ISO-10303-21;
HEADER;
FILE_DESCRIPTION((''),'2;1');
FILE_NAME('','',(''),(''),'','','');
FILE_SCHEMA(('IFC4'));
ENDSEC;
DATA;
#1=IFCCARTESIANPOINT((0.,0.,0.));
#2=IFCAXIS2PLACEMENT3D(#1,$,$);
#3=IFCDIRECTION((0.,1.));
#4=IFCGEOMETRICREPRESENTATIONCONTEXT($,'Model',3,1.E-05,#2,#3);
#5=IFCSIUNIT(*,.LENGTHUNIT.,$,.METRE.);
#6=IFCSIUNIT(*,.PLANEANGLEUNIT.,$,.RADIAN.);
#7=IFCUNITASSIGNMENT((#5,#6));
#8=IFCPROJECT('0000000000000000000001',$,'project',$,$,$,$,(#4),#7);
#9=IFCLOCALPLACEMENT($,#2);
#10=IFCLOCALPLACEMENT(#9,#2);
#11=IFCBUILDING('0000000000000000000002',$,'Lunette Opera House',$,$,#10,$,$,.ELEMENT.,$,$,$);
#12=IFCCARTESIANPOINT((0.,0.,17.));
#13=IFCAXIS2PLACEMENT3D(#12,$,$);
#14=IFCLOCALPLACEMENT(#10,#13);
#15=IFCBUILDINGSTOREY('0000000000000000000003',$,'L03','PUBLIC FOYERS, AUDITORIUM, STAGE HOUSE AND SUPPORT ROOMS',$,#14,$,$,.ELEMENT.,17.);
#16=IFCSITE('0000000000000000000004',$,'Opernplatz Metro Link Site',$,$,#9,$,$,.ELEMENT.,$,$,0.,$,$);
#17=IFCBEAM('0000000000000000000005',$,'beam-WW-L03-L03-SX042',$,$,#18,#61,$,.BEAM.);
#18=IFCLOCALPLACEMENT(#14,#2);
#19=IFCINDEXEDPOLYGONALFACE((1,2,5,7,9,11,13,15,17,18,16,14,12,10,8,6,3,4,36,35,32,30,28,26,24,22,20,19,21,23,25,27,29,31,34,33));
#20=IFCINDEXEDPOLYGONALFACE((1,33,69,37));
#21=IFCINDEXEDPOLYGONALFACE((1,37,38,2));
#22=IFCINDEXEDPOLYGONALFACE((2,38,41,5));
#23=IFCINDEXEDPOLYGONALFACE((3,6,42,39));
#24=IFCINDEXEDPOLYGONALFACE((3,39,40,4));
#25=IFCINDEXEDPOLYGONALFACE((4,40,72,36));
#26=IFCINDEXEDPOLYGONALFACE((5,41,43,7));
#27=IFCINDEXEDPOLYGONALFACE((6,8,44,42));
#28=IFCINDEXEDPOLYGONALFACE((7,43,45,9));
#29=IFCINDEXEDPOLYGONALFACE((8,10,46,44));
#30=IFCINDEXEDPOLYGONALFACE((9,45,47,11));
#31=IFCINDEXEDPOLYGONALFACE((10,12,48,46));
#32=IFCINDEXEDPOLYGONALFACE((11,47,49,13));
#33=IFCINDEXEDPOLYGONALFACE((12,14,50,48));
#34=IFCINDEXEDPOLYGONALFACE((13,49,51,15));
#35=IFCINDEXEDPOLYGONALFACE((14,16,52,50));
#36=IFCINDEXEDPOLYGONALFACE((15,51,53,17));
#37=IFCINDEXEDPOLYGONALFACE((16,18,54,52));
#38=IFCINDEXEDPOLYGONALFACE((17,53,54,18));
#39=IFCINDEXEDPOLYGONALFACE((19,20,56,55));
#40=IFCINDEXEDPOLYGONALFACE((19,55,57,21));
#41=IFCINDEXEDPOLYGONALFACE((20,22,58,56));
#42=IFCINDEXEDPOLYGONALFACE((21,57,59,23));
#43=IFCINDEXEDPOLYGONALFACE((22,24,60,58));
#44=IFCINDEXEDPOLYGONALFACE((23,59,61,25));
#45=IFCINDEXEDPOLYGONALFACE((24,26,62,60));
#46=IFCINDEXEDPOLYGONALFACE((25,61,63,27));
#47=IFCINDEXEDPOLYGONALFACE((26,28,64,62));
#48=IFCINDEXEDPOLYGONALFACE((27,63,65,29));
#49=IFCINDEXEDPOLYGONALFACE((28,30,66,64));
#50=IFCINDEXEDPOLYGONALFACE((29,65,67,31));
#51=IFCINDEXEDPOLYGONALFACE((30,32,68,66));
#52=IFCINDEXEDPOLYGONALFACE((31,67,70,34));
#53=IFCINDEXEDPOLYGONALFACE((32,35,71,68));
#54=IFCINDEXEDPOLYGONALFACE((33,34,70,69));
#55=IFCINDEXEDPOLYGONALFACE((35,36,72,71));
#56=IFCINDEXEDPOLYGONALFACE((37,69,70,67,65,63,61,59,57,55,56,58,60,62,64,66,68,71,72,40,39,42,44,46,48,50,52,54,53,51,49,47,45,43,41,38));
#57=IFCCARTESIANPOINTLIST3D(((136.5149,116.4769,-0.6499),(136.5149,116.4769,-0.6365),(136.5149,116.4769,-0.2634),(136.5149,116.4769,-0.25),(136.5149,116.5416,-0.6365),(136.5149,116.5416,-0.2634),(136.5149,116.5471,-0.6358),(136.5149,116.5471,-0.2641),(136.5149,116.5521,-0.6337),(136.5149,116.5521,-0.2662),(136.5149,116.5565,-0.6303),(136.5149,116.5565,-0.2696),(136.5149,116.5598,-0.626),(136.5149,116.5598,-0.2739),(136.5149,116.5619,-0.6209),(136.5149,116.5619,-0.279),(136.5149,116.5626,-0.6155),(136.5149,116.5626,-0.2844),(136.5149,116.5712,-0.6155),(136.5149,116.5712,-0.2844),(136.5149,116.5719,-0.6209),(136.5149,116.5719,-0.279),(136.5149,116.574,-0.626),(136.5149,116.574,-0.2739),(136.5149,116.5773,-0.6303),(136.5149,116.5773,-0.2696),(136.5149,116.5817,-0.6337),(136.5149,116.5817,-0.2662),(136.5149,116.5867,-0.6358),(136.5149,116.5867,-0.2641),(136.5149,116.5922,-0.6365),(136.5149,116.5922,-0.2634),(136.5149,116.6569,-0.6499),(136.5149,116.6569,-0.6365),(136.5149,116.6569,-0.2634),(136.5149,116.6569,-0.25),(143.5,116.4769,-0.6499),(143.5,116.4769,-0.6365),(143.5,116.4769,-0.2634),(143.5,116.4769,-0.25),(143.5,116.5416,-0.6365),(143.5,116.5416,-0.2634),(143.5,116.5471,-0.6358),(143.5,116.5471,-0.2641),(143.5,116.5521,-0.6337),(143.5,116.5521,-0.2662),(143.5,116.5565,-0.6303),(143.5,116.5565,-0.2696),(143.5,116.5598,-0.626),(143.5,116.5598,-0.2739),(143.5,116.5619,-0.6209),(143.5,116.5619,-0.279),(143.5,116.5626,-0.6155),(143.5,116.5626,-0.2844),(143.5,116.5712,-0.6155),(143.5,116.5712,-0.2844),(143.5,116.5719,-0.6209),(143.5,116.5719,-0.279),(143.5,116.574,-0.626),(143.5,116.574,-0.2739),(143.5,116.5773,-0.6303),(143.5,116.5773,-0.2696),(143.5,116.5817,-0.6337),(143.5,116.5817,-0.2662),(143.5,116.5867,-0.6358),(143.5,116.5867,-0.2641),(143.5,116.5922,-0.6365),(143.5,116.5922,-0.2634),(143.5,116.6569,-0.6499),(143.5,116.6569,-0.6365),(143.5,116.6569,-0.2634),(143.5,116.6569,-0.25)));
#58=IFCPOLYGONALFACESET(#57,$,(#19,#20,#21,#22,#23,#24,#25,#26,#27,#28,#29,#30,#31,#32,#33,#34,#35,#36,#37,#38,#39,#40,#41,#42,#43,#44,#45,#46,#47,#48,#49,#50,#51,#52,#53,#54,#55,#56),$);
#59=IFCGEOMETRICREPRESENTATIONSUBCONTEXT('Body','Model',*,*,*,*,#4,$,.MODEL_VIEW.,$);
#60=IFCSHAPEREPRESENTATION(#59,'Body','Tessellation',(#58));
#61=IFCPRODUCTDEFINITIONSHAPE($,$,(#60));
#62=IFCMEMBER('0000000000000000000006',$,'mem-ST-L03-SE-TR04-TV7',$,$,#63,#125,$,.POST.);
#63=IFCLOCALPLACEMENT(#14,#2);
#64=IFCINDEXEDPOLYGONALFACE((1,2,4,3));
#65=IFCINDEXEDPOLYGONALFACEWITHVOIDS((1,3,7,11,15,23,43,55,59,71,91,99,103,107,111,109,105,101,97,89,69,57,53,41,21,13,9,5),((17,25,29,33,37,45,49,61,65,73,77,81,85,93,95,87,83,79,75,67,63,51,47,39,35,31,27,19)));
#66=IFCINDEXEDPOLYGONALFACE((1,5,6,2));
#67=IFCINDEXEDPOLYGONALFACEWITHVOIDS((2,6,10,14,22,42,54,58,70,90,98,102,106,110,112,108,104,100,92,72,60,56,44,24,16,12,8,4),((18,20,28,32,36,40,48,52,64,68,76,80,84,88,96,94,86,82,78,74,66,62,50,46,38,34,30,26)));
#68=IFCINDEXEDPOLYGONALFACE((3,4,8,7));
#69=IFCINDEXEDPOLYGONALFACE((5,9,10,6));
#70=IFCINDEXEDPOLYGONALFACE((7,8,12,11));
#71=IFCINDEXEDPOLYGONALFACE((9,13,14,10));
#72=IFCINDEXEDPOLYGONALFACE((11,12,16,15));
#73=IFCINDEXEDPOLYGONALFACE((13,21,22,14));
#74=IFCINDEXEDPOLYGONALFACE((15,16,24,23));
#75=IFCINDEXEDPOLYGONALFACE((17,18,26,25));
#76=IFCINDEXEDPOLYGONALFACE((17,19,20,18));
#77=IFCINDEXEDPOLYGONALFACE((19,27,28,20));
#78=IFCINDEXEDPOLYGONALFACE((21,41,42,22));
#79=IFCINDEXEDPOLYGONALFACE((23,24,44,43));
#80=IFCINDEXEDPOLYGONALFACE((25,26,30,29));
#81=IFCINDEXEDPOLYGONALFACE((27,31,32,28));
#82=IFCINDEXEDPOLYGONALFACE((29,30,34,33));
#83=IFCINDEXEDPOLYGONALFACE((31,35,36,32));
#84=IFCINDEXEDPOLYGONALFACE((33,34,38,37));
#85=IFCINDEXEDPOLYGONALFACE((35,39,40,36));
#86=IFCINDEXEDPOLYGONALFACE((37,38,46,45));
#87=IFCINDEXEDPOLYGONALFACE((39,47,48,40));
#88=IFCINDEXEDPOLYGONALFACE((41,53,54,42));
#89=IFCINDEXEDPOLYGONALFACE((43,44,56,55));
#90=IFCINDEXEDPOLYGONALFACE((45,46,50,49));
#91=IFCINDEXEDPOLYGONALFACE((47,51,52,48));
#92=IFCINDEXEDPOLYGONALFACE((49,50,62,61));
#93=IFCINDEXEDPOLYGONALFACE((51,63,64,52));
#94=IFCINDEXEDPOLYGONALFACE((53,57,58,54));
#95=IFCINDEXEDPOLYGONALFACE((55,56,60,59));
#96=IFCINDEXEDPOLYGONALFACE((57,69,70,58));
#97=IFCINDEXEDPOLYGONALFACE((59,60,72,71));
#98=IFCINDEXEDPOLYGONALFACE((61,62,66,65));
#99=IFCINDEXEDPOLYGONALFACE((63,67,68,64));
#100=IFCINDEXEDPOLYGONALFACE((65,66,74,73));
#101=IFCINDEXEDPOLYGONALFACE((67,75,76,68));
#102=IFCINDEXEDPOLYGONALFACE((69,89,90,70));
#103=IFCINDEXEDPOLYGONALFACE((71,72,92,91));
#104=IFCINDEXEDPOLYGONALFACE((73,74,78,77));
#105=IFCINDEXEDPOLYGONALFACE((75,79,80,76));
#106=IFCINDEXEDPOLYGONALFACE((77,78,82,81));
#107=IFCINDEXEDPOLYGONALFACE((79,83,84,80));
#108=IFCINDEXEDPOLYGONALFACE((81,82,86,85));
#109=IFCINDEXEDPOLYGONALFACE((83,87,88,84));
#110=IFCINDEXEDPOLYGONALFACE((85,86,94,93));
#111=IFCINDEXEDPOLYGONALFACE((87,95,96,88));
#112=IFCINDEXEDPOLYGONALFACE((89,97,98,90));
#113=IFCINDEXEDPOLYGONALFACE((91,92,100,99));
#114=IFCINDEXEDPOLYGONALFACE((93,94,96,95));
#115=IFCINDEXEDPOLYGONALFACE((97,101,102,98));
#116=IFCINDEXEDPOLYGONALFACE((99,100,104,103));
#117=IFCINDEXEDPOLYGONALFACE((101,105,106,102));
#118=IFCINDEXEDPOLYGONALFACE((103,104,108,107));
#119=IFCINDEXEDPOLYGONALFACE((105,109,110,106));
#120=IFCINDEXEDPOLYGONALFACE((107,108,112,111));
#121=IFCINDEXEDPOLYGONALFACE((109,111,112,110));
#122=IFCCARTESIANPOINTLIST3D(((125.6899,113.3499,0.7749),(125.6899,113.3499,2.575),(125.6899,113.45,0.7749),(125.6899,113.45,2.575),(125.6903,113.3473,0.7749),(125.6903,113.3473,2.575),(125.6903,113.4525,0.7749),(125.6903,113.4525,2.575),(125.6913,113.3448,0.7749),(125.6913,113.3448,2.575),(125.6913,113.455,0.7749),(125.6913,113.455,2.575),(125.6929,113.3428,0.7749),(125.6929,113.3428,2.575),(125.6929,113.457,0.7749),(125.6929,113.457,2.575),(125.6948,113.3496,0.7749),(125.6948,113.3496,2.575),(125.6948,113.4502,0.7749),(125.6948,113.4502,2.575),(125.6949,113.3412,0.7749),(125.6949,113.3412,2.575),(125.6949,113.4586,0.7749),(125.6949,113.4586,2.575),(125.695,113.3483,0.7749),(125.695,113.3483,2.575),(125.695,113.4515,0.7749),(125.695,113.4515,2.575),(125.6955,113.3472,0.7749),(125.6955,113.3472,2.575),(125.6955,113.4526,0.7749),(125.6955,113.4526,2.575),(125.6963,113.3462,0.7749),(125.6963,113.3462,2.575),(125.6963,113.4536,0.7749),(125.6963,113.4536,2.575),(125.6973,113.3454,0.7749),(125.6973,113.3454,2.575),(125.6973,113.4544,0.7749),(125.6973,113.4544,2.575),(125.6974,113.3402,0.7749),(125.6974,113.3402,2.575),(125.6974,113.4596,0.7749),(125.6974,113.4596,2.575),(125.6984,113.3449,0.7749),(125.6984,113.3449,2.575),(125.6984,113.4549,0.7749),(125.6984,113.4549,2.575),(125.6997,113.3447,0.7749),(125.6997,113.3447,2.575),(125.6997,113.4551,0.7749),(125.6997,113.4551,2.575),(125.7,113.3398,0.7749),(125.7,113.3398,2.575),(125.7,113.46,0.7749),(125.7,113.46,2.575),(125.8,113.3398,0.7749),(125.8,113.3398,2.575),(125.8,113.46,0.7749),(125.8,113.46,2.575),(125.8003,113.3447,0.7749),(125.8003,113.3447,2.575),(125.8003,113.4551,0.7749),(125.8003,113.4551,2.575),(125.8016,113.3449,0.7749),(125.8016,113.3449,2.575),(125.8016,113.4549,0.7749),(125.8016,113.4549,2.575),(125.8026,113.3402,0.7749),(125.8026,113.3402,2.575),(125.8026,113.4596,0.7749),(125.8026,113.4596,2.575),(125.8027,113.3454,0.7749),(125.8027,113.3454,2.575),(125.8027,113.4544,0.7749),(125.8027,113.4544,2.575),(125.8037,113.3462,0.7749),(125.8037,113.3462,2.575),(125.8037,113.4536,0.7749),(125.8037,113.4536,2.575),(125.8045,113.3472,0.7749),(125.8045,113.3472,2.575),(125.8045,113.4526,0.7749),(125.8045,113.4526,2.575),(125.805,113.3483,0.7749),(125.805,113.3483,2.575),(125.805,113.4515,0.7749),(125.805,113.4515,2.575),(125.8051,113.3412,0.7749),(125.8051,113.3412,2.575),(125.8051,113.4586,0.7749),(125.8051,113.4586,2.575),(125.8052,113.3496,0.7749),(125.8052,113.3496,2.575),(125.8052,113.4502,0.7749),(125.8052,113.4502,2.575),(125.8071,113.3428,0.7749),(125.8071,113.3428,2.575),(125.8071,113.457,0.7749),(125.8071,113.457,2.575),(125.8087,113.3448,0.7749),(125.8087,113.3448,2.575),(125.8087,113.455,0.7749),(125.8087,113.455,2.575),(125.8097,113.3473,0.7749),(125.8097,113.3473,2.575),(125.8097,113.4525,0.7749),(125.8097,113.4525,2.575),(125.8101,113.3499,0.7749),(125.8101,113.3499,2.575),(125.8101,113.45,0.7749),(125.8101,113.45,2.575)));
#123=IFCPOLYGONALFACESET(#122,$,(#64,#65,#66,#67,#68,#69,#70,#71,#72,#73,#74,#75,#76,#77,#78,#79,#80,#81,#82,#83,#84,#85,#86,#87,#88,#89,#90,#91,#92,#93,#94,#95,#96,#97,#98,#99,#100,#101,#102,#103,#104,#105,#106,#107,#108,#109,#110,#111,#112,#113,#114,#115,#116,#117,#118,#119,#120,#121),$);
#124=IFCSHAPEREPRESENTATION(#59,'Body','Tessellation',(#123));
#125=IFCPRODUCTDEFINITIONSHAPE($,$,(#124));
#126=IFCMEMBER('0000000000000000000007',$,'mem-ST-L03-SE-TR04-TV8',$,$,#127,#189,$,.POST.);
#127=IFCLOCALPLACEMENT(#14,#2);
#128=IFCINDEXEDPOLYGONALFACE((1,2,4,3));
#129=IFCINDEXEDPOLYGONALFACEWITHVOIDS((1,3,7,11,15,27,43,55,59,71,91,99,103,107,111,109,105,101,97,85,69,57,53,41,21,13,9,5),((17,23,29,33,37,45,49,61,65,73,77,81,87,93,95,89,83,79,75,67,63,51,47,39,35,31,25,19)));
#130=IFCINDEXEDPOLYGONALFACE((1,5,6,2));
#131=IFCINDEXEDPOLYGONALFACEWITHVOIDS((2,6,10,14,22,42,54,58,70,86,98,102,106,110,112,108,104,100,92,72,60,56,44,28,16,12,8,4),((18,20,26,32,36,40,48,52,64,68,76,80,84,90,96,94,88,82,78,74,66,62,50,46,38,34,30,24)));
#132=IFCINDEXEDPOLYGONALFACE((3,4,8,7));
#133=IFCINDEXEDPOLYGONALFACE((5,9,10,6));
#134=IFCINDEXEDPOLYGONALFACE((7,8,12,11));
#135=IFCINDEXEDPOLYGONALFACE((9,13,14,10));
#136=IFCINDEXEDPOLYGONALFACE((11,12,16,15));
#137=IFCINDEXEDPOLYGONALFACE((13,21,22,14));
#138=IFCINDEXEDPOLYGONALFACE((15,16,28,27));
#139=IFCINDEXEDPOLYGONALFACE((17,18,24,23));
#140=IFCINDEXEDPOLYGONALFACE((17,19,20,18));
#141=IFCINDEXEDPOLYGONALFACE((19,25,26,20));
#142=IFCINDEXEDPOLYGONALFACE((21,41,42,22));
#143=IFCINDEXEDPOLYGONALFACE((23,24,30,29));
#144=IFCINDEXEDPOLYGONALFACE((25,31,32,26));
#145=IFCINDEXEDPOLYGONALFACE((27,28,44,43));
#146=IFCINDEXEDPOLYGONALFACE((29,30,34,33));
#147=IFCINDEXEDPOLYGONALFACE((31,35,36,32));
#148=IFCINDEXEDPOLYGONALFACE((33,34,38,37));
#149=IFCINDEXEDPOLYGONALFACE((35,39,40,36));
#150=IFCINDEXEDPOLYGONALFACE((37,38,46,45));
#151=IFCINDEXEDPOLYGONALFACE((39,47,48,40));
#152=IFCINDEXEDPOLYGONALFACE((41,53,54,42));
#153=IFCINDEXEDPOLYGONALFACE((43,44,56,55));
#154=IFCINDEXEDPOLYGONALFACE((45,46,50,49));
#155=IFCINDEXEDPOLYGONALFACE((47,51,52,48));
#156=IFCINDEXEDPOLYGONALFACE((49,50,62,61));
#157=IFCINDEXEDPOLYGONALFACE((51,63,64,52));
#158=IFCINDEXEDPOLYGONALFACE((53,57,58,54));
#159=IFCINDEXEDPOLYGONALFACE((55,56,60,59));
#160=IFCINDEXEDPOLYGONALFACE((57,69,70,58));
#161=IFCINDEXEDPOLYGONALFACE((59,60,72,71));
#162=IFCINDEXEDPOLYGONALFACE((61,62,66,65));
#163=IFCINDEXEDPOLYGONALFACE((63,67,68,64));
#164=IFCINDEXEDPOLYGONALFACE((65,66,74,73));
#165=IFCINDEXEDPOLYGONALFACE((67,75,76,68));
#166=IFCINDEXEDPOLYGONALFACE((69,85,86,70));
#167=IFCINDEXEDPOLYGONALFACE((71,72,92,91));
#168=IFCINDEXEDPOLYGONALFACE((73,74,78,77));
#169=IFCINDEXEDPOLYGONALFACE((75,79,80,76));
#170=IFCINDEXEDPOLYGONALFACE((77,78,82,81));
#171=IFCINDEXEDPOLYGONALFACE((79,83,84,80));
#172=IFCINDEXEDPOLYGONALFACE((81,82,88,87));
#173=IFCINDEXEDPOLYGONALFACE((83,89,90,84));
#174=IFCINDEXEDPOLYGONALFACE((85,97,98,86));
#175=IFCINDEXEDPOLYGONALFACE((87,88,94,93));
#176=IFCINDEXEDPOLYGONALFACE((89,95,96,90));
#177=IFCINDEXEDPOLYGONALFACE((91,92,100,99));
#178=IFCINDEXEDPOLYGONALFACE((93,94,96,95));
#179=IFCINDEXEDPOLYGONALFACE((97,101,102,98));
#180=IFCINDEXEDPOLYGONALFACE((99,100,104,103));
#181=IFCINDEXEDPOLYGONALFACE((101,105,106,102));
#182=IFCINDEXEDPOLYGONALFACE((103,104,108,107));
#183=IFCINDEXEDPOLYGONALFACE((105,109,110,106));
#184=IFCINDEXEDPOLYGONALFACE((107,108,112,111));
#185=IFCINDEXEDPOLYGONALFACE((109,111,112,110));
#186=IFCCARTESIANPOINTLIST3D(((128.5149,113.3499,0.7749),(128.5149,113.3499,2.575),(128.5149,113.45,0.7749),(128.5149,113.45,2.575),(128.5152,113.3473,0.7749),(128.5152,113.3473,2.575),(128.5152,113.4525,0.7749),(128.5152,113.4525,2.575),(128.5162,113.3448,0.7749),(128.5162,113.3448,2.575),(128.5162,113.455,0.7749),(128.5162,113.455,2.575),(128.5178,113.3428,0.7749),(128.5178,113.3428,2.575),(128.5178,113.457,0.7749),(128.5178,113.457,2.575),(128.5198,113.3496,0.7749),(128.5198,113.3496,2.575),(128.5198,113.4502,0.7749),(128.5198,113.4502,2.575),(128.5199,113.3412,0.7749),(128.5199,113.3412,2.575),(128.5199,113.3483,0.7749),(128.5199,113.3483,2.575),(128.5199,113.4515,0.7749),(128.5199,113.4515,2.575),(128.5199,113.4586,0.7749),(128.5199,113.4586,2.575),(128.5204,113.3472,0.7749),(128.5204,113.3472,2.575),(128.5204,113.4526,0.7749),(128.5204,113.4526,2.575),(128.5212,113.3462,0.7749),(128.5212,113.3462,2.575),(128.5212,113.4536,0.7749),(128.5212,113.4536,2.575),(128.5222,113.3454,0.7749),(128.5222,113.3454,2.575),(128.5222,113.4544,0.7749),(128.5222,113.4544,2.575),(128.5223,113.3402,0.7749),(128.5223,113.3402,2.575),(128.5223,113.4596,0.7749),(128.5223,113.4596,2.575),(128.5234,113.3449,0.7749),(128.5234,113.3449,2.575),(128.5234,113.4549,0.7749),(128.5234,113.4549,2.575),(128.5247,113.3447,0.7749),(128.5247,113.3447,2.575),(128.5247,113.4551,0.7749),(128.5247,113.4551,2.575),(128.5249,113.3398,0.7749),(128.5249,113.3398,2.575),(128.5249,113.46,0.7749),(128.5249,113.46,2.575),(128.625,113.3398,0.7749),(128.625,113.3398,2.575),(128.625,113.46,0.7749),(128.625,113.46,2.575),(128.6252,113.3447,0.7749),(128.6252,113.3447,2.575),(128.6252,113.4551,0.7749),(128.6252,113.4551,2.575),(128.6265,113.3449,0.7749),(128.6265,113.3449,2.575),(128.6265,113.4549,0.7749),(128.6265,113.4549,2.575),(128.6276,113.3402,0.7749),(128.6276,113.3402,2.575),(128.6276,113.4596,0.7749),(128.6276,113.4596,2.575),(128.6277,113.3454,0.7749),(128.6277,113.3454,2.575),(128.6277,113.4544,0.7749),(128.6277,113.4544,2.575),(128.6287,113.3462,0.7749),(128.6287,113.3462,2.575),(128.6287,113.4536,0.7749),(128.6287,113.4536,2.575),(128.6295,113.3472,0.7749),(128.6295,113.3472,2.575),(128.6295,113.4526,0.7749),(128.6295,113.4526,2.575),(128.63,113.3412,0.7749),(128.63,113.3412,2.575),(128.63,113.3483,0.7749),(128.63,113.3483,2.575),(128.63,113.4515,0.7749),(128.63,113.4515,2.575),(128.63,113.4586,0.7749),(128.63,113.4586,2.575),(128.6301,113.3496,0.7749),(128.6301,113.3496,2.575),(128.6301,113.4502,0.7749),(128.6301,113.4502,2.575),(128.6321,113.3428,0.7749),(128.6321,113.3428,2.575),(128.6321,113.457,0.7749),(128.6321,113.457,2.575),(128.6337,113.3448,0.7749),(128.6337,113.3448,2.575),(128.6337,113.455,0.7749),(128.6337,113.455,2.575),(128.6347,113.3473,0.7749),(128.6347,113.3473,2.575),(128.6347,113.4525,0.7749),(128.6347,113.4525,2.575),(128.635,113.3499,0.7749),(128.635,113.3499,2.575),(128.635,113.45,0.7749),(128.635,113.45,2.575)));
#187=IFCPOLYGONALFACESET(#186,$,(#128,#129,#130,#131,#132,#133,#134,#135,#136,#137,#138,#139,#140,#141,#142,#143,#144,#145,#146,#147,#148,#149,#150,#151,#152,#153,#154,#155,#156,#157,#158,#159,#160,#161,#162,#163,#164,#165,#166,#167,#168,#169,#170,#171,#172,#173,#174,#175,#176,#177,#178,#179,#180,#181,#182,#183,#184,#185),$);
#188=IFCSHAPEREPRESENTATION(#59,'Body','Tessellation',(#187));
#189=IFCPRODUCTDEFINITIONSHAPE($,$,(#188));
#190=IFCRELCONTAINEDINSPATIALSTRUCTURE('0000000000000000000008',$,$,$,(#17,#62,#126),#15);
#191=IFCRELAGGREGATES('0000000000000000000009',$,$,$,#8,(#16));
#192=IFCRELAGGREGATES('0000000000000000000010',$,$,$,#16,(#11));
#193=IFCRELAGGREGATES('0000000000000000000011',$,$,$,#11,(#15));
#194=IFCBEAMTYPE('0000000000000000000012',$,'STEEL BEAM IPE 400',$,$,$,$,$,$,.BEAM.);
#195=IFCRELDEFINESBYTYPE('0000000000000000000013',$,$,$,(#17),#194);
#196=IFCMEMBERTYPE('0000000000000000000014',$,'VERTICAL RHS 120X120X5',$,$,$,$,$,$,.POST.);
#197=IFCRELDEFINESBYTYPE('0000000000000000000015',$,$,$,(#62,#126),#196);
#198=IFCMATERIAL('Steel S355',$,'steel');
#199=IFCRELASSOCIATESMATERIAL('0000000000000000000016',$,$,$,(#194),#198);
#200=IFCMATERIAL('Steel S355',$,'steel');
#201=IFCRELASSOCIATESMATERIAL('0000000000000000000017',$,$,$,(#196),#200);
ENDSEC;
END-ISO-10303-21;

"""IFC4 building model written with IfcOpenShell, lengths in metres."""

from ifc_helpers import new_model, si_unit, direction, frame, origin, origin_2d, place, context, subcontext, project, spatial, hollow_rectangle, i_section, extrude, material, material_profile, profile_set, type_object, element, save


model = new_model("IFC4")

# Units and contexts
model_context = context("Model", 3, precision=1e-05, world=origin(), true_north=direction((0.0, 1.0)))
body_context = subcontext(model_context, "Body", "Model", "MODEL_VIEW")
ifc_project = project(units=[si_unit("LENGTHUNIT", "METRE"), si_unit("PLANEANGLEUNIT", "RADIAN")], contexts=[model_context])

# Site, building, storey
site_placement = place(None, origin())
site = spatial("IfcSite", under=ifc_project, at=site_placement, Name="Opernplatz Metro Link Site", CompositionType="ELEMENT", RefElevation=0.0)
building_placement = place(site_placement, origin())
building = spatial("IfcBuilding", under=site, at=building_placement, Name="Lunette Opera House", CompositionType="ELEMENT")
storey_placement = place(building_placement, frame((0.0, 0.0, 17.0)))
storey = spatial("IfcBuildingStorey", under=building, at=storey_placement, Name="L03", Description="PUBLIC FOYERS, AUDITORIUM, STAGE HOUSE AND SUPPORT ROOMS", CompositionType="ELEMENT", Elevation=17.0)

# Beam
ifc_material_1 = material(Name="Steel S355", Category="steel")
ifc_material_profile_1 = material_profile(ifc_material_1, i_section(OverallWidth=0.1799, OverallDepth=0.3999, WebThickness=0.0085, FlangeThickness=0.0134, FilletRadius=0.021, at=origin_2d()), Name="IPE 400")
ifc_profile_set_1 = profile_set([ifc_material_profile_1], Name="Steel S355")
beam_type_1 = type_object("IfcBeamType", Name="STEEL BEAM IPE 400", PredefinedType="BEAM", material=ifc_profile_set_1)
for number, where, z_axis, x_axis, name in (
    (1, (136.5149, 116.5669, -0.45), (1.0, 0.0, 0.0), (0.0, 1.0, 0.0), "beam-WW-L03-L03-SX042"),
):
    element("IfcBeam", number, at=place(storey_placement, frame(where, z_axis=z_axis, x_axis=x_axis)), inside=storey, type_object=beam_type_1, Name=name, PredefinedType="BEAM", context=body_context, shape_type="SweptSolid", body=[
        extrude(i_section(OverallWidth=0.1799, OverallDepth=0.3999, WebThickness=0.0085, FlangeThickness=0.0134, FilletRadius=0.021, at=origin_2d()), origin(), (0.0, 0.0, 1.0), 6.9851),
    ])

# Members
ifc_material_2 = material(Name="Steel S355", Category="steel")
ifc_material_profile_2 = material_profile(ifc_material_2, hollow_rectangle(XDim=0.1201, YDim=0.1201, WallThickness=0.0049, InnerFilletRadius=0.0049, OuterFilletRadius=0.01, at=origin_2d()), Name="RHS 120X120X5")
ifc_profile_set_2 = profile_set([ifc_material_profile_2], Name="Steel S355")
member_type_1 = type_object("IfcMemberType", Name="VERTICAL RHS 120X120X5", PredefinedType="POST", material=ifc_profile_set_2)
for number, where, z_axis, x_axis, name in (
    (2, (125.75, 113.3999, 0.7749), (0.0, 0.0, 1.0), (1.0, 0.0, 0.0), "mem-ST-L03-SE-TR04-TV7"),
    (3, (128.575, 113.3999, 0.7749), (0.0, 0.0, 1.0), (1.0, 0.0, 0.0), "mem-ST-L03-SE-TR04-TV8"),
):
    element("IfcMember", number, at=place(storey_placement, frame(where, z_axis=z_axis, x_axis=x_axis)), inside=storey, type_object=member_type_1, Name=name, PredefinedType="POST", context=body_context, shape_type="SweptSolid", body=[
        extrude(hollow_rectangle(XDim=0.1201, YDim=0.1201, WallThickness=0.0049, InnerFilletRadius=0.0049, OuterFilletRadius=0.01, at=origin_2d()), origin(), (0.0, 0.0, 1.0), 1.8),
    ])

save(model, "model.ifc")
